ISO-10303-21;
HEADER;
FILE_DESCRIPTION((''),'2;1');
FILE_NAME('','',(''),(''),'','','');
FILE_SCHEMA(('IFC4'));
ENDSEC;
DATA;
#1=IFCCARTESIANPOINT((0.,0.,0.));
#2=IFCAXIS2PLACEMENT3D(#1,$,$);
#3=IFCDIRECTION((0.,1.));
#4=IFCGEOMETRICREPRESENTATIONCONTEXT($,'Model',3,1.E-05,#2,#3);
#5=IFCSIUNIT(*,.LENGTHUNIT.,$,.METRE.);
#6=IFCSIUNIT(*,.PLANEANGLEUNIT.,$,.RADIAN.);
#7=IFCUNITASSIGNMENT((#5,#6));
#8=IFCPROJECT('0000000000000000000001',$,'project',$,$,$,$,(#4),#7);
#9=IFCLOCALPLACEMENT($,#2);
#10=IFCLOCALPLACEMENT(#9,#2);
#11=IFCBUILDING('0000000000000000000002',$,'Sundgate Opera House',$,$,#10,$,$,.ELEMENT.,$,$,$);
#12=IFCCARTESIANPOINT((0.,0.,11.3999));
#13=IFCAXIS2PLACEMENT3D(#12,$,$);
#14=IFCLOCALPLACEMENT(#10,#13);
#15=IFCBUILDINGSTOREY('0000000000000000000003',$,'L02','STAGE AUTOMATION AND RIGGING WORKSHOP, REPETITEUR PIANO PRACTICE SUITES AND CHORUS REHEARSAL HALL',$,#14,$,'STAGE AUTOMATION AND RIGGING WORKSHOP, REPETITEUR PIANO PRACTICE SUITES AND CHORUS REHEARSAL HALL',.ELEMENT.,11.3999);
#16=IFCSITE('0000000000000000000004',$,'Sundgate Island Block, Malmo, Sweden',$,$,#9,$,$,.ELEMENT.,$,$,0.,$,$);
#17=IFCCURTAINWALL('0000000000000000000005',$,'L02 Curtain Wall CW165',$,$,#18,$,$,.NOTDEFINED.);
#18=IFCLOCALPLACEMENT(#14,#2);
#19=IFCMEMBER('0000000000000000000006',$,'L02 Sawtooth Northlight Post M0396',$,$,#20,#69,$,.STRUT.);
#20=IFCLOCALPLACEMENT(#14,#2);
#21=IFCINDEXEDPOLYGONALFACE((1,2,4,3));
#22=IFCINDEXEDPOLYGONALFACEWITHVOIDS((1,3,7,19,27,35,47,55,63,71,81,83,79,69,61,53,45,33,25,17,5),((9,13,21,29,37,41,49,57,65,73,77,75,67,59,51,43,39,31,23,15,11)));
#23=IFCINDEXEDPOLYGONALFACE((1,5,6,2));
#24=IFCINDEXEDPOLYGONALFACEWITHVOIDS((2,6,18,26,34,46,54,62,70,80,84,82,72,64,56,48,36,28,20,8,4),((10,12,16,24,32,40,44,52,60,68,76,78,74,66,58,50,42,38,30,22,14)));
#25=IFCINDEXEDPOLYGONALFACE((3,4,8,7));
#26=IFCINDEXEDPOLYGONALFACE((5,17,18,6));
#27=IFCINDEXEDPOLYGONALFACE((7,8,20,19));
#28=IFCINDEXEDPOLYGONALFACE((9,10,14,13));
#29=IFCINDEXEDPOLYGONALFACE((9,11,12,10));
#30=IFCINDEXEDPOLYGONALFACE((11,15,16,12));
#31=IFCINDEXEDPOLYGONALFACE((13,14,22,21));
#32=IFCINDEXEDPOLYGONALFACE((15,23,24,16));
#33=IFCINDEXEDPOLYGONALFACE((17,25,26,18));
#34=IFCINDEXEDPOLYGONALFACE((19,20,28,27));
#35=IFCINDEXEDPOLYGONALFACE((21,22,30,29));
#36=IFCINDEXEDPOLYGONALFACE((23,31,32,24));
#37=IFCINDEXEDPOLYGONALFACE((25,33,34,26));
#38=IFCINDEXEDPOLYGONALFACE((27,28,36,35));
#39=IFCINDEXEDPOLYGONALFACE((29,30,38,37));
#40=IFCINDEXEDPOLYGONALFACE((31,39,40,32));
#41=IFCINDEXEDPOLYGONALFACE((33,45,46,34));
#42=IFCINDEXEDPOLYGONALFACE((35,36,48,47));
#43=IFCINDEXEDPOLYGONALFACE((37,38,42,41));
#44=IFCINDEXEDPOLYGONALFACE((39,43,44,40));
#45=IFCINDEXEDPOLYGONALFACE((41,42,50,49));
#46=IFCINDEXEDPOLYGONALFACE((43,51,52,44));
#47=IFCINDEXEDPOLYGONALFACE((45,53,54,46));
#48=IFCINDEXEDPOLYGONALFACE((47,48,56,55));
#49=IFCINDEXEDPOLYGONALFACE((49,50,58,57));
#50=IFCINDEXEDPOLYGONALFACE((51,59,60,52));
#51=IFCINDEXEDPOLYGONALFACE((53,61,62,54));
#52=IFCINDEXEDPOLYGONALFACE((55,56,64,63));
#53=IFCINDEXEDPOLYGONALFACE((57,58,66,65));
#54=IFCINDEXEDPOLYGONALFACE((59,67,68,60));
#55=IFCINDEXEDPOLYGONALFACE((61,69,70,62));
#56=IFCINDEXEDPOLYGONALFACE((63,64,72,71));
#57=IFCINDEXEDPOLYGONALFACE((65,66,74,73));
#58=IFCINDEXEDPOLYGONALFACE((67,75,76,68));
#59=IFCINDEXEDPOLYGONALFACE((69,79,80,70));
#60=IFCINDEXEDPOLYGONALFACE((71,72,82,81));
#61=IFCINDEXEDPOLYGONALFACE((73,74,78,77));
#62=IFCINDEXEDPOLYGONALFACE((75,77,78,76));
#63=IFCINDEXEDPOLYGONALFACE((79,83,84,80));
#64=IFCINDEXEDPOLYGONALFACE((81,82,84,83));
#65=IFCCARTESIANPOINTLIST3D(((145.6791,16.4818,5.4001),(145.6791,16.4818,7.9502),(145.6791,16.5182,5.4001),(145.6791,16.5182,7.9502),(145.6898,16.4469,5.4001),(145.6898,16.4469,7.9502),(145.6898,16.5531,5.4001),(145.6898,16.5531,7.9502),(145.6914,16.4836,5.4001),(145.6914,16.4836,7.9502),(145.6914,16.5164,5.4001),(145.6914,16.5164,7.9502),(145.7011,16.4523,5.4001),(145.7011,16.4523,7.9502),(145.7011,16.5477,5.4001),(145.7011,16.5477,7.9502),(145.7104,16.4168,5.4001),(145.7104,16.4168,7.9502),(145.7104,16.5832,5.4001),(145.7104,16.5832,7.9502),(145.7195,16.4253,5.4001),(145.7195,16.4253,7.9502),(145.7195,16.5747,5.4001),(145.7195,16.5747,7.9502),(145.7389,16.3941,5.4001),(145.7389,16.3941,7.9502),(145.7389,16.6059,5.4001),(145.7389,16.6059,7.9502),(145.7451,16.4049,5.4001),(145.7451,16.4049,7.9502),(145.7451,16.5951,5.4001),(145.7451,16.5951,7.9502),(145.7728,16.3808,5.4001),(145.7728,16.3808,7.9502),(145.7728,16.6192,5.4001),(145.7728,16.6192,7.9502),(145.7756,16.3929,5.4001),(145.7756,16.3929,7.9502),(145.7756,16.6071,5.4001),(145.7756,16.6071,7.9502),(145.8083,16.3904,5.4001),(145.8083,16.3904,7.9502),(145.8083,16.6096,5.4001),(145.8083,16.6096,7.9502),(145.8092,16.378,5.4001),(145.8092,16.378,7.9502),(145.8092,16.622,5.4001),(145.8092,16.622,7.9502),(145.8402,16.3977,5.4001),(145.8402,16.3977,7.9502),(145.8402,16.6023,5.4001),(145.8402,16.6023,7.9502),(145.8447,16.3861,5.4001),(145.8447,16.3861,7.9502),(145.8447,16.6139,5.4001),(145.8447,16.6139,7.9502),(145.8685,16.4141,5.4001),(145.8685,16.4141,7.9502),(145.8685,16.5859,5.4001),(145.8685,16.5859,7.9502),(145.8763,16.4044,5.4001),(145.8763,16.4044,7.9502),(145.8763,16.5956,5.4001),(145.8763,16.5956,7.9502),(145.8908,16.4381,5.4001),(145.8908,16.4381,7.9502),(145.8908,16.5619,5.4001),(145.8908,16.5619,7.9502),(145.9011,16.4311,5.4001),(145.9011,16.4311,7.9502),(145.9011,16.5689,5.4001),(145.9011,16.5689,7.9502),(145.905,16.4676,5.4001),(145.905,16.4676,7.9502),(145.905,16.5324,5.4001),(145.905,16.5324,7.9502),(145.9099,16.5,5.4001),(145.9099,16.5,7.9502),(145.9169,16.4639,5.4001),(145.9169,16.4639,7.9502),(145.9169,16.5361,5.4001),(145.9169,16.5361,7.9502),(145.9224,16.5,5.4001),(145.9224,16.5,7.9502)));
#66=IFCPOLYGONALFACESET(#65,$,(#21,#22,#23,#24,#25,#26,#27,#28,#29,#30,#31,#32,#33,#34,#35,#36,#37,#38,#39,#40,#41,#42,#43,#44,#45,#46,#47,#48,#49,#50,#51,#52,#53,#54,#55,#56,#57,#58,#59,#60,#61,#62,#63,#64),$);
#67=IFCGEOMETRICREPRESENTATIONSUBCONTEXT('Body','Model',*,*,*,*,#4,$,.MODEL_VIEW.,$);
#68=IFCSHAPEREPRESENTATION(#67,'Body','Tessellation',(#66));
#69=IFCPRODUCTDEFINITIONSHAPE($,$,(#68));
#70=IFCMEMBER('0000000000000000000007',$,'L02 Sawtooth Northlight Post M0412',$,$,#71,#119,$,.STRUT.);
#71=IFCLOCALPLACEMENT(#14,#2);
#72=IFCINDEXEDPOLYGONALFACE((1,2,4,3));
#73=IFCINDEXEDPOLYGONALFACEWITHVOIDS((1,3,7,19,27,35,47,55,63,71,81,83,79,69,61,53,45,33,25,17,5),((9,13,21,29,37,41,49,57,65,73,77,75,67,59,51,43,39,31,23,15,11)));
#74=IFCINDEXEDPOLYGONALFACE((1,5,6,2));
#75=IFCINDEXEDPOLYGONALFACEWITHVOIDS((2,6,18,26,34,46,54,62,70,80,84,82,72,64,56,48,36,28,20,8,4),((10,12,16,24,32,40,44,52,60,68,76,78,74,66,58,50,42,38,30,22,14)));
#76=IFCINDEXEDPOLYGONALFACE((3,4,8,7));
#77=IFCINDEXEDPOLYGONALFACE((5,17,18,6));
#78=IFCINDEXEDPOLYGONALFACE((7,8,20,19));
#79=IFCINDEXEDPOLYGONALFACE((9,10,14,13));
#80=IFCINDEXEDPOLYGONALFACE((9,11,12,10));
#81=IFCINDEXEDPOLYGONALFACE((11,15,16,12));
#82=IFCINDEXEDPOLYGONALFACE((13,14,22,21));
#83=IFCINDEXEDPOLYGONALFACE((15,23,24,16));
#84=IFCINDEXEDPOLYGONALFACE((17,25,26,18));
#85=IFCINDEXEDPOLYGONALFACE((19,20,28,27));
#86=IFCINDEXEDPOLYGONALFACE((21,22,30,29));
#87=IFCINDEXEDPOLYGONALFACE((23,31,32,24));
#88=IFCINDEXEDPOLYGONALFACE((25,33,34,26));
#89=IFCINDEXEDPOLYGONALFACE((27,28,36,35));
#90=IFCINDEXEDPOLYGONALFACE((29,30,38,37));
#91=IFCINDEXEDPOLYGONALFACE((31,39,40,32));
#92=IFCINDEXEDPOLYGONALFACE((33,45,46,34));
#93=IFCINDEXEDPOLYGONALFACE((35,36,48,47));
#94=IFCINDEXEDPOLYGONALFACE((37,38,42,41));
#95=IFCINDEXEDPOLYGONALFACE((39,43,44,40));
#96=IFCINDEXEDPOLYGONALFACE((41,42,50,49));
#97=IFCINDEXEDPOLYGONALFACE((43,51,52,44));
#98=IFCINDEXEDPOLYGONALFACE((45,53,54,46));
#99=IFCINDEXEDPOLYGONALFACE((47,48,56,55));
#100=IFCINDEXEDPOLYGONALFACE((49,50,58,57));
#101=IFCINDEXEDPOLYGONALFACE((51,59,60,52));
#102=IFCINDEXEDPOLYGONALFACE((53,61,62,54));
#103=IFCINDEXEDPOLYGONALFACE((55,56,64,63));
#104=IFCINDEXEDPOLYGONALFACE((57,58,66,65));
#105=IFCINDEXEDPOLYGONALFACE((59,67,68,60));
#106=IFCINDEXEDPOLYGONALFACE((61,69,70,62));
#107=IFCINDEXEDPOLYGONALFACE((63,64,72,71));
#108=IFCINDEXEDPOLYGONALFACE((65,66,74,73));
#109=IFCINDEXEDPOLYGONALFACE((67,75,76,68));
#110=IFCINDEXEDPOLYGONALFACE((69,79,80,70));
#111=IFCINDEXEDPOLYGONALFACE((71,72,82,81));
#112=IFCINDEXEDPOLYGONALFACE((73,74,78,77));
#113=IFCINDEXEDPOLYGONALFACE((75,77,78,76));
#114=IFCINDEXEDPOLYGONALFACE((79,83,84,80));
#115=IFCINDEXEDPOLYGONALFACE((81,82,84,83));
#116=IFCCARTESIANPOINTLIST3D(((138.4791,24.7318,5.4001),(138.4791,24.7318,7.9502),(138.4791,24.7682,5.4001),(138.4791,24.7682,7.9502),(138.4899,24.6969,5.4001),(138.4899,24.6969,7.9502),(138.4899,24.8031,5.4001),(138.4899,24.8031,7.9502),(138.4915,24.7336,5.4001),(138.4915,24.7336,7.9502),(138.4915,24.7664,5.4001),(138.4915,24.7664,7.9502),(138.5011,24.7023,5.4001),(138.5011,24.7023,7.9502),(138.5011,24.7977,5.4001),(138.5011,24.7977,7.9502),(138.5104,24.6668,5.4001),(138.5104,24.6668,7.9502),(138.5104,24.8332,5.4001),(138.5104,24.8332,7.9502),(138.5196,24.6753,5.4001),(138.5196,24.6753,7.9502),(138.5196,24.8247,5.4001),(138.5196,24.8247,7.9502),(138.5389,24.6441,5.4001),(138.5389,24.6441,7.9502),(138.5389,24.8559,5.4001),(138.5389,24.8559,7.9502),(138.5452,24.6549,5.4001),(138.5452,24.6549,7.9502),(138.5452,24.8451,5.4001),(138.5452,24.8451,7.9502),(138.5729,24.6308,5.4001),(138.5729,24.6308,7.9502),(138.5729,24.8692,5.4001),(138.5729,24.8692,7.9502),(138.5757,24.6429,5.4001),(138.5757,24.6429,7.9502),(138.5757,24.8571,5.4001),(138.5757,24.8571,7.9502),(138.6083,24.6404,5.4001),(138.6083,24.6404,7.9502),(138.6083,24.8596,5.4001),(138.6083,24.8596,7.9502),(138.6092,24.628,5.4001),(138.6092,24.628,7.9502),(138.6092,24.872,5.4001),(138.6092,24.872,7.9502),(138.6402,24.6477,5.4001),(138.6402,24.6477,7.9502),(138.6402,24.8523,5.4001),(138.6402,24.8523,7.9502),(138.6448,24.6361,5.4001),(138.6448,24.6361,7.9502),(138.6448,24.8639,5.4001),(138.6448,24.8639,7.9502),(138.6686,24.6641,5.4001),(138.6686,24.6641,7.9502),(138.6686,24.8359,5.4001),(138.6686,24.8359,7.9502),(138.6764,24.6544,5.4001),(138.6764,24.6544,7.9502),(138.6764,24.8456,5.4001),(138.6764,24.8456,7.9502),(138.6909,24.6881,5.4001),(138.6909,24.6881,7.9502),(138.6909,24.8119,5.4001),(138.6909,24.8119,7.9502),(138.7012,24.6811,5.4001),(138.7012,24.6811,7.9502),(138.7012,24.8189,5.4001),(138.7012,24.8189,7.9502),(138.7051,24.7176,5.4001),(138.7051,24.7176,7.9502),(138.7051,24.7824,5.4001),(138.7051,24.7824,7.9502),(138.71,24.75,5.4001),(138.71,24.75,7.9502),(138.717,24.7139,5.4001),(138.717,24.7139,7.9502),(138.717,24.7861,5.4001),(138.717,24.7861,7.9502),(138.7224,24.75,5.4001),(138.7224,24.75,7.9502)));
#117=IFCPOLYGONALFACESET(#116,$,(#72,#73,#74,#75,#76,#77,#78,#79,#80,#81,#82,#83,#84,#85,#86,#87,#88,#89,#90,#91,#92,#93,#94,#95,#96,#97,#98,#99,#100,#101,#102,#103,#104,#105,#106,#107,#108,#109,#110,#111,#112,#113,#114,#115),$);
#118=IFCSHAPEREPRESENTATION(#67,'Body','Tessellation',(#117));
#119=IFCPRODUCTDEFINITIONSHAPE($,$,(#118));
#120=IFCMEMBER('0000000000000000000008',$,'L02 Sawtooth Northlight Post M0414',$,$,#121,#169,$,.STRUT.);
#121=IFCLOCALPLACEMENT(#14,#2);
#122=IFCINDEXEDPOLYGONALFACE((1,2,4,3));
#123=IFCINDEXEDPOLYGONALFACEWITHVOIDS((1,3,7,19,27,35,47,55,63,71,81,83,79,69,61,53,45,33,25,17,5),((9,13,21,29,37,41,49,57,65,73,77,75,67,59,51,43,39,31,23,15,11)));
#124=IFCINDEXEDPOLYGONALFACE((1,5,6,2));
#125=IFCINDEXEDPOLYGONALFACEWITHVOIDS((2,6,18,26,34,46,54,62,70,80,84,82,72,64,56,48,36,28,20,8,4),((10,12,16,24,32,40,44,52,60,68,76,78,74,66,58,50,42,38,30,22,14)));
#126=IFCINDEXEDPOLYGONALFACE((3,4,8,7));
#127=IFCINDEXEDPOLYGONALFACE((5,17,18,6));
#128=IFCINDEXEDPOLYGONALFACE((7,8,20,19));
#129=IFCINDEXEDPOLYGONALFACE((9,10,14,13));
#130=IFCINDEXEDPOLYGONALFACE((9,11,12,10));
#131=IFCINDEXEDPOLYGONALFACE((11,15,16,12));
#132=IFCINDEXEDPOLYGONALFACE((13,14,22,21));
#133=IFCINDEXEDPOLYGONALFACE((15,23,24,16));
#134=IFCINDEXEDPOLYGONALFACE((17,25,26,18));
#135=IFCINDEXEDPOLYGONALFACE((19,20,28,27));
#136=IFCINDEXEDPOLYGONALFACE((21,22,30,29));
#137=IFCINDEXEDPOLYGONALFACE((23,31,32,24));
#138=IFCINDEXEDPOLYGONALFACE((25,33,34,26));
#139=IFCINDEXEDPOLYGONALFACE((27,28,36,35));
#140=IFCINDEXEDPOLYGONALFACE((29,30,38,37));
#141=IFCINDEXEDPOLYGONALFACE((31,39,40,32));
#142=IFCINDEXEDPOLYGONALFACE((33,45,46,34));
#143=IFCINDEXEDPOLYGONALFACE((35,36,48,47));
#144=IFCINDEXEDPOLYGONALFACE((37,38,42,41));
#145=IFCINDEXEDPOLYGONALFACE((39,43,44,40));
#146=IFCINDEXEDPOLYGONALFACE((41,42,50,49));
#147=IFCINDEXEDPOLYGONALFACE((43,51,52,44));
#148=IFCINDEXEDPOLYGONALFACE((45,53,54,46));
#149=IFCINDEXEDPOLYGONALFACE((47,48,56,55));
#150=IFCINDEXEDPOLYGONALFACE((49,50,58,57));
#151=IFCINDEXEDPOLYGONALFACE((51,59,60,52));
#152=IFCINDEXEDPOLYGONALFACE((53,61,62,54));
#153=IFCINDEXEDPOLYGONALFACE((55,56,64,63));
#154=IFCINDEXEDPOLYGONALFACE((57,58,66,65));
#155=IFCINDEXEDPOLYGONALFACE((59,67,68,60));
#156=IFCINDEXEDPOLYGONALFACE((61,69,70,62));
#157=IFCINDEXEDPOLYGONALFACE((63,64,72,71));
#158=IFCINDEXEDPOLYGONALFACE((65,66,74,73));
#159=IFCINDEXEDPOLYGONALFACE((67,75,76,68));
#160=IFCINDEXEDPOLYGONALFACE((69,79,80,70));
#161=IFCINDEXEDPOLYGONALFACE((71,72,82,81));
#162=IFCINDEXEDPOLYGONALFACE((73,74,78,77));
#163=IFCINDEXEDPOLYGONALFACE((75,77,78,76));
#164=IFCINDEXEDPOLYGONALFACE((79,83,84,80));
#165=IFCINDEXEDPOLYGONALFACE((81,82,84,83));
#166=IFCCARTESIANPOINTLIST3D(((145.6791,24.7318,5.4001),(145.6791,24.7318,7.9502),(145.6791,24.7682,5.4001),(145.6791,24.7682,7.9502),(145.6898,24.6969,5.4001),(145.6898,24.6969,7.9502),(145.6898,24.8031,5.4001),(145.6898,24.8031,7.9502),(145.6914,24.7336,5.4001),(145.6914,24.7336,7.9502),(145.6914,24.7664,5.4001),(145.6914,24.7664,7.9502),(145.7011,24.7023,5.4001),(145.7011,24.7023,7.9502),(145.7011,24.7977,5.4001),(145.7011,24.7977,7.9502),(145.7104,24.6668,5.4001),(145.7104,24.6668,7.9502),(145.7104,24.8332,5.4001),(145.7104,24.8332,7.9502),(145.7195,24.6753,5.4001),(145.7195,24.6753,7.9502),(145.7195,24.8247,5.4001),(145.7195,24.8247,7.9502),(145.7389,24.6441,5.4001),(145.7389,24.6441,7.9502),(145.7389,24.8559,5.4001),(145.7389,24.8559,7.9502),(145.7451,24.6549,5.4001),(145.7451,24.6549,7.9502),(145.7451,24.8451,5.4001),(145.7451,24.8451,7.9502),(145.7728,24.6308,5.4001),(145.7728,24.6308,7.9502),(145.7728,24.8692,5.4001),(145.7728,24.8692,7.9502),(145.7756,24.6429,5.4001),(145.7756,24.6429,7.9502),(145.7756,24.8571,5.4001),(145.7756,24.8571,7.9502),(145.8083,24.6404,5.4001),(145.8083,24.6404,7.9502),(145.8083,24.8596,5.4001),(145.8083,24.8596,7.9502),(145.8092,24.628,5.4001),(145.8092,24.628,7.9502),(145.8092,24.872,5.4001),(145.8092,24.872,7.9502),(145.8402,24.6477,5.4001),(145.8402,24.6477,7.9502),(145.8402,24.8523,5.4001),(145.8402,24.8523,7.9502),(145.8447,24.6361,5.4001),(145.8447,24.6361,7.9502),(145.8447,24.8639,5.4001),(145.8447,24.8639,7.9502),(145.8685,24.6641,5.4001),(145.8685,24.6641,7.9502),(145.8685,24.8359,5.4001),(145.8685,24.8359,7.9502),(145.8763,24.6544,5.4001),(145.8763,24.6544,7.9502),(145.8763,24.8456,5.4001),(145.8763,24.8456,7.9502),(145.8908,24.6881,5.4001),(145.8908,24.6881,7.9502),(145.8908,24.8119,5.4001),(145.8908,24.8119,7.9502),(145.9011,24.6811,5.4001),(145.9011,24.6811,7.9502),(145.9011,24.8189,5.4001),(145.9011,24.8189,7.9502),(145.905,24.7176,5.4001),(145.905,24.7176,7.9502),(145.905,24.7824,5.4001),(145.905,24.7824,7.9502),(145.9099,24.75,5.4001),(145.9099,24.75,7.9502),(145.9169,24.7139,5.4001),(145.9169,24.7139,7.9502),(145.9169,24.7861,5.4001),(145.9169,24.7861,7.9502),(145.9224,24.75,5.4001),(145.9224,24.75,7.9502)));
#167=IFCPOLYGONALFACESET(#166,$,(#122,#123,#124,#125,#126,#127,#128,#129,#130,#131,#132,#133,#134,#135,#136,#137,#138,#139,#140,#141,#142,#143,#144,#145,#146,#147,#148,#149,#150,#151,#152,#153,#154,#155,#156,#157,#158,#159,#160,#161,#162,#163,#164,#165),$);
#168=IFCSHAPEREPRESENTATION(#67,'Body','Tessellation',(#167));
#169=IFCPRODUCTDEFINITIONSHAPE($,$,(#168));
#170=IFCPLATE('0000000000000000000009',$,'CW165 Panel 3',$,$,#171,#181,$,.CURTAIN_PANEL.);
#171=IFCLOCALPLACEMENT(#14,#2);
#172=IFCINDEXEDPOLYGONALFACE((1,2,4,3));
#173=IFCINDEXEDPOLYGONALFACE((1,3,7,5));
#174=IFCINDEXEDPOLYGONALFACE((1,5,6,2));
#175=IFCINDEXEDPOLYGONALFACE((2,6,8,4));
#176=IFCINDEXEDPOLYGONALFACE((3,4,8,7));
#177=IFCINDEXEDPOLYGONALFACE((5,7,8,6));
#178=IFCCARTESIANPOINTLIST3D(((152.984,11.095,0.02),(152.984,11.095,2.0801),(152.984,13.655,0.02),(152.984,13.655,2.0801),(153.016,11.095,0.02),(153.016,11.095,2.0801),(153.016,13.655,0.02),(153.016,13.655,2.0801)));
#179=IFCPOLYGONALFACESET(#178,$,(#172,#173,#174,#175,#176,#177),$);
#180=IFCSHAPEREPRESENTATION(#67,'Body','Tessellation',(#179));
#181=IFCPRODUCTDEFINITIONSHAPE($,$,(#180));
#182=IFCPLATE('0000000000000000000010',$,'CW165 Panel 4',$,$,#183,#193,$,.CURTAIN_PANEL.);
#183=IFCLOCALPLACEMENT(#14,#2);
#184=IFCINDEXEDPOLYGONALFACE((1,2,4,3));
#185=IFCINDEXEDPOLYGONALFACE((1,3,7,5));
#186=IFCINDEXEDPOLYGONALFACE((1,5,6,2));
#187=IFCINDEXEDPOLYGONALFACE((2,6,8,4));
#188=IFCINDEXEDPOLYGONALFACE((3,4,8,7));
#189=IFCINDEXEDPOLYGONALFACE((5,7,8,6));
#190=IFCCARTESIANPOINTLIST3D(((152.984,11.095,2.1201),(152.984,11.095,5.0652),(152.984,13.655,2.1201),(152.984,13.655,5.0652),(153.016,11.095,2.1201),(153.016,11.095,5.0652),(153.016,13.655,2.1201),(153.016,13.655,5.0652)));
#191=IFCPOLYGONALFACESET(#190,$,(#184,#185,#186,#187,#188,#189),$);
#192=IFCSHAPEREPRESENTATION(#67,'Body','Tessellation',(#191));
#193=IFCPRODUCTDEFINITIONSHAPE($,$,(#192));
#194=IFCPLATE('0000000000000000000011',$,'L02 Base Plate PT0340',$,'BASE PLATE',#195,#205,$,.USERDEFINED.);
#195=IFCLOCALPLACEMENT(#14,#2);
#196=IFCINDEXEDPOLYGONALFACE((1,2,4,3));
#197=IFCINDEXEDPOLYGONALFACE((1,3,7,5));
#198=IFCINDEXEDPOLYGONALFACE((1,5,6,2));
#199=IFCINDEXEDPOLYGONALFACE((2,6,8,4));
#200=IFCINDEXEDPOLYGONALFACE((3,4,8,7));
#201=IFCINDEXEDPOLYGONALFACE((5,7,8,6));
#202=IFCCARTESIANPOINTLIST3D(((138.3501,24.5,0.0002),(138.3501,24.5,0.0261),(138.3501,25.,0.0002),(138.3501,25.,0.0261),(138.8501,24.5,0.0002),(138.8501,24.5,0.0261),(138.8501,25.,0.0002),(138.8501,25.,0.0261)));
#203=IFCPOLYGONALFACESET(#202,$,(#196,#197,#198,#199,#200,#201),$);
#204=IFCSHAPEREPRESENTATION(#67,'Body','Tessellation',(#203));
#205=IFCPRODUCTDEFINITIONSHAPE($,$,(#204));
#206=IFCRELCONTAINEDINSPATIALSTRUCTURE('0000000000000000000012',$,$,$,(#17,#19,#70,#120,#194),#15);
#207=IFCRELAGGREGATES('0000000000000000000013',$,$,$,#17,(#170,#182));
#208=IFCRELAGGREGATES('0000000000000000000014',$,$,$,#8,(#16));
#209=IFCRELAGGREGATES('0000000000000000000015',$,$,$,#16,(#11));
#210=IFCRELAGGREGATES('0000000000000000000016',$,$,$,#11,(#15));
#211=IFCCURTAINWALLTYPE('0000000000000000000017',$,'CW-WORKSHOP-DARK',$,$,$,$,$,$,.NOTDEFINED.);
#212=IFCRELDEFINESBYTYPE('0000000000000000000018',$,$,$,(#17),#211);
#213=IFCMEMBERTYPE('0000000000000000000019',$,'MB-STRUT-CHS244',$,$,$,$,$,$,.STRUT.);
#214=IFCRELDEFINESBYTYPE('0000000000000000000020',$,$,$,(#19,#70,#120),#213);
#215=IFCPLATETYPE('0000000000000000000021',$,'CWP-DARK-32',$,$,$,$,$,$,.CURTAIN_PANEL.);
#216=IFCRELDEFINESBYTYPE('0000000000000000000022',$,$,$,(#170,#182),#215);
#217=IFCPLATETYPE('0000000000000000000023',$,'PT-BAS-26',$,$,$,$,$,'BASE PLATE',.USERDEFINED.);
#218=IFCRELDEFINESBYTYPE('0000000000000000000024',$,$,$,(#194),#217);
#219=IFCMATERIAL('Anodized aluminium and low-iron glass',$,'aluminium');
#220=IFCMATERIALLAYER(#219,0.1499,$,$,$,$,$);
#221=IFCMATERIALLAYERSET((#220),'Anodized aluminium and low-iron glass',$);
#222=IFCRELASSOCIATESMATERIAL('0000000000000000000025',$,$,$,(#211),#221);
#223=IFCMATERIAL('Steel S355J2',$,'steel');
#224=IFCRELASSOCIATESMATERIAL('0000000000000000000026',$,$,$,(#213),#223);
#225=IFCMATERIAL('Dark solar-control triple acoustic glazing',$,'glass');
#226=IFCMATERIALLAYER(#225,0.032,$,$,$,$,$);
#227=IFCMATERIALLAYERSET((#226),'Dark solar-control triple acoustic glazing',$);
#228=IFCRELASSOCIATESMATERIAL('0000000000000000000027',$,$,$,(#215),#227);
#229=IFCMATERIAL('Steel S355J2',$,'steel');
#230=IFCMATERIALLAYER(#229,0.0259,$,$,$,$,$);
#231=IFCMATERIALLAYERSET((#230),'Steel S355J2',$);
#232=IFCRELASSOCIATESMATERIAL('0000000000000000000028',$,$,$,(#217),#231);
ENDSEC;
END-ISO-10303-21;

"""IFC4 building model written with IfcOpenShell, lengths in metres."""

from ifc_helpers import new_model, si_unit, direction, frame, origin, origin_2d, place, context, subcontext, project, spatial, rectangle, hollow_circle, extrude, material, layer, layer_set, material_profile, profile_set, type_object, element, aggregate, save


model = new_model("IFC4")

# Units and contexts
model_context = context("Model", 3, precision=1e-05, world=origin(), true_north=direction((0.0, 1.0)))
body_context = subcontext(model_context, "Body", "Model", "MODEL_VIEW")
ifc_project = project(units=[si_unit("LENGTHUNIT", "METRE"), si_unit("PLANEANGLEUNIT", "RADIAN")], contexts=[model_context])

# Site, building, storey
site_placement = place(None, origin())
site = spatial("IfcSite", under=ifc_project, at=site_placement, Name="Sundgate Island Block, Malmo, Sweden", CompositionType="ELEMENT", RefElevation=0.0)
building_placement = place(site_placement, origin())
building = spatial("IfcBuilding", under=site, at=building_placement, Name="Sundgate Opera House", CompositionType="ELEMENT")
storey_placement = place(building_placement, frame((0.0, 0.0, 11.3999)))
storey = spatial("IfcBuildingStorey", under=building, at=storey_placement, Name="L02", Description="STAGE AUTOMATION AND RIGGING WORKSHOP, REPETITEUR PIANO PRACTICE SUITES AND CHORUS REHEARSAL HALL", LongName="STAGE AUTOMATION AND RIGGING WORKSHOP, REPETITEUR PIANO PRACTICE SUITES AND CHORUS REHEARSAL HALL", CompositionType="ELEMENT", Elevation=11.3999)

# Curtain wall
ifc_material_1 = material(Name="Anodized aluminium and low-iron glass", Category="aluminium")
ifc_layer_1 = layer(ifc_material_1, 0.1499)
ifc_layer_set_1 = layer_set([ifc_layer_1], Name="Anodized aluminium and low-iron glass")
curtain_wall_type = type_object("IfcCurtainWallType", Name="CW-WORKSHOP-DARK", PredefinedType="NOTDEFINED", material=ifc_layer_set_1)
curtain_wall_placement = place(storey_placement, origin())
curtain_wall = element("IfcCurtainWall", 1, at=curtain_wall_placement, inside=storey, type_object=curtain_wall_type, Name="L02 Curtain Wall CW165", PredefinedType="NOTDEFINED")

# Members
ifc_material_2 = material(Name="Steel S355J2", Category="steel")
ifc_material_profile_1 = material_profile(ifc_material_2, hollow_circle(Radius=0.1223, WallThickness=0.0125, at=origin_2d()), Name="CHS 244.5x12.5")
ifc_profile_set_1 = profile_set([ifc_material_profile_1], Name="Steel S355J2")
member_type_1 = type_object("IfcMemberType", Name="MB-STRUT-CHS244", PredefinedType="STRUT", material=ifc_profile_set_1)
for number, where, z_axis, x_axis, name in (
    (2, (145.8, 16.5, 5.4001), (0.0, 0.0, 1.0), (1.0, 0.0, 0.0), "L02 Sawtooth Northlight Post M0396"),
    (3, (138.6001, 24.75, 5.4001), (0.0, 0.0, 1.0), (1.0, 0.0, 0.0), "L02 Sawtooth Northlight Post M0412"),
    (4, (145.8, 24.75, 5.4001), (0.0, 0.0, 1.0), (1.0, 0.0, 0.0), "L02 Sawtooth Northlight Post M0414"),
):
    element("IfcMember", number, at=place(storey_placement, frame(where, z_axis=z_axis, x_axis=x_axis)), inside=storey, type_object=member_type_1, Name=name, PredefinedType="STRUT", context=body_context, shape_type="SweptSolid", body=[
        extrude(hollow_circle(Radius=0.1223, WallThickness=0.0125, at=origin_2d()), origin(), (0.0, 0.0, 1.0), 2.55),
    ])

# Plates
ifc_material_3 = material(Name="Dark solar-control triple acoustic glazing", Category="glass")
ifc_layer_2 = layer(ifc_material_3, 0.032)
ifc_layer_set_2 = layer_set([ifc_layer_2], Name="Dark solar-control triple acoustic glazing")
plate_type_1 = type_object("IfcPlateType", Name="CWP-DARK-32", PredefinedType="CURTAIN_PANEL", material=ifc_layer_set_2)
plate_1_placement = place(storey_placement, frame((153.0, 12.375, 0.02), z_axis=(0.0, 0.0, 1.0), x_axis=(0.0, 1.0, 0.0)))
plate_1 = element("IfcPlate", 5, at=plate_1_placement, type_object=plate_type_1, Name="CW165 Panel 3", PredefinedType="CURTAIN_PANEL", context=body_context, shape_type="SweptSolid", body=[
    extrude(rectangle(XDim=2.5601, YDim=0.032, at=origin_2d()), origin(), (0.0, 0.0, 1.0), 2.0601),
])
plate_2_placement = place(storey_placement, frame((153.0, 12.375, 2.1201), z_axis=(0.0, 0.0, 1.0), x_axis=(0.0, 1.0, 0.0)))
plate_2 = element("IfcPlate", 6, at=plate_2_placement, type_object=plate_type_1, Name="CW165 Panel 4", PredefinedType="CURTAIN_PANEL", context=body_context, shape_type="SweptSolid", body=[
    extrude(rectangle(XDim=2.5601, YDim=0.032, at=origin_2d()), origin(), (0.0, 0.0, 1.0), 2.9451),
])
aggregate(curtain_wall, [plate_1, plate_2])

# Plate
ifc_material_4 = material(Name="Steel S355J2", Category="steel")
ifc_layer_3 = layer(ifc_material_4, 0.0259)
ifc_layer_set_3 = layer_set([ifc_layer_3], Name="Steel S355J2")
plate_type_2 = type_object("IfcPlateType", Name="PT-BAS-26", ElementType="BASE PLATE", PredefinedType="USERDEFINED", material=ifc_layer_set_3)
plate_3_placement = place(storey_placement, frame((138.6001, 24.75, 0.0002), z_axis=(0.0, 0.0, 1.0), x_axis=(1.0, 0.0, 0.0)))
element("IfcPlate", 7, at=plate_3_placement, inside=storey, type_object=plate_type_2, Name="L02 Base Plate PT0340", ObjectType="BASE PLATE", PredefinedType="USERDEFINED", context=body_context, shape_type="SweptSolid", body=[
    extrude(rectangle(XDim=0.5, YDim=0.5, at=origin_2d()), origin(), (0.0, 0.0, 1.0), 0.0259),
])

save(model, "model.ifc")
